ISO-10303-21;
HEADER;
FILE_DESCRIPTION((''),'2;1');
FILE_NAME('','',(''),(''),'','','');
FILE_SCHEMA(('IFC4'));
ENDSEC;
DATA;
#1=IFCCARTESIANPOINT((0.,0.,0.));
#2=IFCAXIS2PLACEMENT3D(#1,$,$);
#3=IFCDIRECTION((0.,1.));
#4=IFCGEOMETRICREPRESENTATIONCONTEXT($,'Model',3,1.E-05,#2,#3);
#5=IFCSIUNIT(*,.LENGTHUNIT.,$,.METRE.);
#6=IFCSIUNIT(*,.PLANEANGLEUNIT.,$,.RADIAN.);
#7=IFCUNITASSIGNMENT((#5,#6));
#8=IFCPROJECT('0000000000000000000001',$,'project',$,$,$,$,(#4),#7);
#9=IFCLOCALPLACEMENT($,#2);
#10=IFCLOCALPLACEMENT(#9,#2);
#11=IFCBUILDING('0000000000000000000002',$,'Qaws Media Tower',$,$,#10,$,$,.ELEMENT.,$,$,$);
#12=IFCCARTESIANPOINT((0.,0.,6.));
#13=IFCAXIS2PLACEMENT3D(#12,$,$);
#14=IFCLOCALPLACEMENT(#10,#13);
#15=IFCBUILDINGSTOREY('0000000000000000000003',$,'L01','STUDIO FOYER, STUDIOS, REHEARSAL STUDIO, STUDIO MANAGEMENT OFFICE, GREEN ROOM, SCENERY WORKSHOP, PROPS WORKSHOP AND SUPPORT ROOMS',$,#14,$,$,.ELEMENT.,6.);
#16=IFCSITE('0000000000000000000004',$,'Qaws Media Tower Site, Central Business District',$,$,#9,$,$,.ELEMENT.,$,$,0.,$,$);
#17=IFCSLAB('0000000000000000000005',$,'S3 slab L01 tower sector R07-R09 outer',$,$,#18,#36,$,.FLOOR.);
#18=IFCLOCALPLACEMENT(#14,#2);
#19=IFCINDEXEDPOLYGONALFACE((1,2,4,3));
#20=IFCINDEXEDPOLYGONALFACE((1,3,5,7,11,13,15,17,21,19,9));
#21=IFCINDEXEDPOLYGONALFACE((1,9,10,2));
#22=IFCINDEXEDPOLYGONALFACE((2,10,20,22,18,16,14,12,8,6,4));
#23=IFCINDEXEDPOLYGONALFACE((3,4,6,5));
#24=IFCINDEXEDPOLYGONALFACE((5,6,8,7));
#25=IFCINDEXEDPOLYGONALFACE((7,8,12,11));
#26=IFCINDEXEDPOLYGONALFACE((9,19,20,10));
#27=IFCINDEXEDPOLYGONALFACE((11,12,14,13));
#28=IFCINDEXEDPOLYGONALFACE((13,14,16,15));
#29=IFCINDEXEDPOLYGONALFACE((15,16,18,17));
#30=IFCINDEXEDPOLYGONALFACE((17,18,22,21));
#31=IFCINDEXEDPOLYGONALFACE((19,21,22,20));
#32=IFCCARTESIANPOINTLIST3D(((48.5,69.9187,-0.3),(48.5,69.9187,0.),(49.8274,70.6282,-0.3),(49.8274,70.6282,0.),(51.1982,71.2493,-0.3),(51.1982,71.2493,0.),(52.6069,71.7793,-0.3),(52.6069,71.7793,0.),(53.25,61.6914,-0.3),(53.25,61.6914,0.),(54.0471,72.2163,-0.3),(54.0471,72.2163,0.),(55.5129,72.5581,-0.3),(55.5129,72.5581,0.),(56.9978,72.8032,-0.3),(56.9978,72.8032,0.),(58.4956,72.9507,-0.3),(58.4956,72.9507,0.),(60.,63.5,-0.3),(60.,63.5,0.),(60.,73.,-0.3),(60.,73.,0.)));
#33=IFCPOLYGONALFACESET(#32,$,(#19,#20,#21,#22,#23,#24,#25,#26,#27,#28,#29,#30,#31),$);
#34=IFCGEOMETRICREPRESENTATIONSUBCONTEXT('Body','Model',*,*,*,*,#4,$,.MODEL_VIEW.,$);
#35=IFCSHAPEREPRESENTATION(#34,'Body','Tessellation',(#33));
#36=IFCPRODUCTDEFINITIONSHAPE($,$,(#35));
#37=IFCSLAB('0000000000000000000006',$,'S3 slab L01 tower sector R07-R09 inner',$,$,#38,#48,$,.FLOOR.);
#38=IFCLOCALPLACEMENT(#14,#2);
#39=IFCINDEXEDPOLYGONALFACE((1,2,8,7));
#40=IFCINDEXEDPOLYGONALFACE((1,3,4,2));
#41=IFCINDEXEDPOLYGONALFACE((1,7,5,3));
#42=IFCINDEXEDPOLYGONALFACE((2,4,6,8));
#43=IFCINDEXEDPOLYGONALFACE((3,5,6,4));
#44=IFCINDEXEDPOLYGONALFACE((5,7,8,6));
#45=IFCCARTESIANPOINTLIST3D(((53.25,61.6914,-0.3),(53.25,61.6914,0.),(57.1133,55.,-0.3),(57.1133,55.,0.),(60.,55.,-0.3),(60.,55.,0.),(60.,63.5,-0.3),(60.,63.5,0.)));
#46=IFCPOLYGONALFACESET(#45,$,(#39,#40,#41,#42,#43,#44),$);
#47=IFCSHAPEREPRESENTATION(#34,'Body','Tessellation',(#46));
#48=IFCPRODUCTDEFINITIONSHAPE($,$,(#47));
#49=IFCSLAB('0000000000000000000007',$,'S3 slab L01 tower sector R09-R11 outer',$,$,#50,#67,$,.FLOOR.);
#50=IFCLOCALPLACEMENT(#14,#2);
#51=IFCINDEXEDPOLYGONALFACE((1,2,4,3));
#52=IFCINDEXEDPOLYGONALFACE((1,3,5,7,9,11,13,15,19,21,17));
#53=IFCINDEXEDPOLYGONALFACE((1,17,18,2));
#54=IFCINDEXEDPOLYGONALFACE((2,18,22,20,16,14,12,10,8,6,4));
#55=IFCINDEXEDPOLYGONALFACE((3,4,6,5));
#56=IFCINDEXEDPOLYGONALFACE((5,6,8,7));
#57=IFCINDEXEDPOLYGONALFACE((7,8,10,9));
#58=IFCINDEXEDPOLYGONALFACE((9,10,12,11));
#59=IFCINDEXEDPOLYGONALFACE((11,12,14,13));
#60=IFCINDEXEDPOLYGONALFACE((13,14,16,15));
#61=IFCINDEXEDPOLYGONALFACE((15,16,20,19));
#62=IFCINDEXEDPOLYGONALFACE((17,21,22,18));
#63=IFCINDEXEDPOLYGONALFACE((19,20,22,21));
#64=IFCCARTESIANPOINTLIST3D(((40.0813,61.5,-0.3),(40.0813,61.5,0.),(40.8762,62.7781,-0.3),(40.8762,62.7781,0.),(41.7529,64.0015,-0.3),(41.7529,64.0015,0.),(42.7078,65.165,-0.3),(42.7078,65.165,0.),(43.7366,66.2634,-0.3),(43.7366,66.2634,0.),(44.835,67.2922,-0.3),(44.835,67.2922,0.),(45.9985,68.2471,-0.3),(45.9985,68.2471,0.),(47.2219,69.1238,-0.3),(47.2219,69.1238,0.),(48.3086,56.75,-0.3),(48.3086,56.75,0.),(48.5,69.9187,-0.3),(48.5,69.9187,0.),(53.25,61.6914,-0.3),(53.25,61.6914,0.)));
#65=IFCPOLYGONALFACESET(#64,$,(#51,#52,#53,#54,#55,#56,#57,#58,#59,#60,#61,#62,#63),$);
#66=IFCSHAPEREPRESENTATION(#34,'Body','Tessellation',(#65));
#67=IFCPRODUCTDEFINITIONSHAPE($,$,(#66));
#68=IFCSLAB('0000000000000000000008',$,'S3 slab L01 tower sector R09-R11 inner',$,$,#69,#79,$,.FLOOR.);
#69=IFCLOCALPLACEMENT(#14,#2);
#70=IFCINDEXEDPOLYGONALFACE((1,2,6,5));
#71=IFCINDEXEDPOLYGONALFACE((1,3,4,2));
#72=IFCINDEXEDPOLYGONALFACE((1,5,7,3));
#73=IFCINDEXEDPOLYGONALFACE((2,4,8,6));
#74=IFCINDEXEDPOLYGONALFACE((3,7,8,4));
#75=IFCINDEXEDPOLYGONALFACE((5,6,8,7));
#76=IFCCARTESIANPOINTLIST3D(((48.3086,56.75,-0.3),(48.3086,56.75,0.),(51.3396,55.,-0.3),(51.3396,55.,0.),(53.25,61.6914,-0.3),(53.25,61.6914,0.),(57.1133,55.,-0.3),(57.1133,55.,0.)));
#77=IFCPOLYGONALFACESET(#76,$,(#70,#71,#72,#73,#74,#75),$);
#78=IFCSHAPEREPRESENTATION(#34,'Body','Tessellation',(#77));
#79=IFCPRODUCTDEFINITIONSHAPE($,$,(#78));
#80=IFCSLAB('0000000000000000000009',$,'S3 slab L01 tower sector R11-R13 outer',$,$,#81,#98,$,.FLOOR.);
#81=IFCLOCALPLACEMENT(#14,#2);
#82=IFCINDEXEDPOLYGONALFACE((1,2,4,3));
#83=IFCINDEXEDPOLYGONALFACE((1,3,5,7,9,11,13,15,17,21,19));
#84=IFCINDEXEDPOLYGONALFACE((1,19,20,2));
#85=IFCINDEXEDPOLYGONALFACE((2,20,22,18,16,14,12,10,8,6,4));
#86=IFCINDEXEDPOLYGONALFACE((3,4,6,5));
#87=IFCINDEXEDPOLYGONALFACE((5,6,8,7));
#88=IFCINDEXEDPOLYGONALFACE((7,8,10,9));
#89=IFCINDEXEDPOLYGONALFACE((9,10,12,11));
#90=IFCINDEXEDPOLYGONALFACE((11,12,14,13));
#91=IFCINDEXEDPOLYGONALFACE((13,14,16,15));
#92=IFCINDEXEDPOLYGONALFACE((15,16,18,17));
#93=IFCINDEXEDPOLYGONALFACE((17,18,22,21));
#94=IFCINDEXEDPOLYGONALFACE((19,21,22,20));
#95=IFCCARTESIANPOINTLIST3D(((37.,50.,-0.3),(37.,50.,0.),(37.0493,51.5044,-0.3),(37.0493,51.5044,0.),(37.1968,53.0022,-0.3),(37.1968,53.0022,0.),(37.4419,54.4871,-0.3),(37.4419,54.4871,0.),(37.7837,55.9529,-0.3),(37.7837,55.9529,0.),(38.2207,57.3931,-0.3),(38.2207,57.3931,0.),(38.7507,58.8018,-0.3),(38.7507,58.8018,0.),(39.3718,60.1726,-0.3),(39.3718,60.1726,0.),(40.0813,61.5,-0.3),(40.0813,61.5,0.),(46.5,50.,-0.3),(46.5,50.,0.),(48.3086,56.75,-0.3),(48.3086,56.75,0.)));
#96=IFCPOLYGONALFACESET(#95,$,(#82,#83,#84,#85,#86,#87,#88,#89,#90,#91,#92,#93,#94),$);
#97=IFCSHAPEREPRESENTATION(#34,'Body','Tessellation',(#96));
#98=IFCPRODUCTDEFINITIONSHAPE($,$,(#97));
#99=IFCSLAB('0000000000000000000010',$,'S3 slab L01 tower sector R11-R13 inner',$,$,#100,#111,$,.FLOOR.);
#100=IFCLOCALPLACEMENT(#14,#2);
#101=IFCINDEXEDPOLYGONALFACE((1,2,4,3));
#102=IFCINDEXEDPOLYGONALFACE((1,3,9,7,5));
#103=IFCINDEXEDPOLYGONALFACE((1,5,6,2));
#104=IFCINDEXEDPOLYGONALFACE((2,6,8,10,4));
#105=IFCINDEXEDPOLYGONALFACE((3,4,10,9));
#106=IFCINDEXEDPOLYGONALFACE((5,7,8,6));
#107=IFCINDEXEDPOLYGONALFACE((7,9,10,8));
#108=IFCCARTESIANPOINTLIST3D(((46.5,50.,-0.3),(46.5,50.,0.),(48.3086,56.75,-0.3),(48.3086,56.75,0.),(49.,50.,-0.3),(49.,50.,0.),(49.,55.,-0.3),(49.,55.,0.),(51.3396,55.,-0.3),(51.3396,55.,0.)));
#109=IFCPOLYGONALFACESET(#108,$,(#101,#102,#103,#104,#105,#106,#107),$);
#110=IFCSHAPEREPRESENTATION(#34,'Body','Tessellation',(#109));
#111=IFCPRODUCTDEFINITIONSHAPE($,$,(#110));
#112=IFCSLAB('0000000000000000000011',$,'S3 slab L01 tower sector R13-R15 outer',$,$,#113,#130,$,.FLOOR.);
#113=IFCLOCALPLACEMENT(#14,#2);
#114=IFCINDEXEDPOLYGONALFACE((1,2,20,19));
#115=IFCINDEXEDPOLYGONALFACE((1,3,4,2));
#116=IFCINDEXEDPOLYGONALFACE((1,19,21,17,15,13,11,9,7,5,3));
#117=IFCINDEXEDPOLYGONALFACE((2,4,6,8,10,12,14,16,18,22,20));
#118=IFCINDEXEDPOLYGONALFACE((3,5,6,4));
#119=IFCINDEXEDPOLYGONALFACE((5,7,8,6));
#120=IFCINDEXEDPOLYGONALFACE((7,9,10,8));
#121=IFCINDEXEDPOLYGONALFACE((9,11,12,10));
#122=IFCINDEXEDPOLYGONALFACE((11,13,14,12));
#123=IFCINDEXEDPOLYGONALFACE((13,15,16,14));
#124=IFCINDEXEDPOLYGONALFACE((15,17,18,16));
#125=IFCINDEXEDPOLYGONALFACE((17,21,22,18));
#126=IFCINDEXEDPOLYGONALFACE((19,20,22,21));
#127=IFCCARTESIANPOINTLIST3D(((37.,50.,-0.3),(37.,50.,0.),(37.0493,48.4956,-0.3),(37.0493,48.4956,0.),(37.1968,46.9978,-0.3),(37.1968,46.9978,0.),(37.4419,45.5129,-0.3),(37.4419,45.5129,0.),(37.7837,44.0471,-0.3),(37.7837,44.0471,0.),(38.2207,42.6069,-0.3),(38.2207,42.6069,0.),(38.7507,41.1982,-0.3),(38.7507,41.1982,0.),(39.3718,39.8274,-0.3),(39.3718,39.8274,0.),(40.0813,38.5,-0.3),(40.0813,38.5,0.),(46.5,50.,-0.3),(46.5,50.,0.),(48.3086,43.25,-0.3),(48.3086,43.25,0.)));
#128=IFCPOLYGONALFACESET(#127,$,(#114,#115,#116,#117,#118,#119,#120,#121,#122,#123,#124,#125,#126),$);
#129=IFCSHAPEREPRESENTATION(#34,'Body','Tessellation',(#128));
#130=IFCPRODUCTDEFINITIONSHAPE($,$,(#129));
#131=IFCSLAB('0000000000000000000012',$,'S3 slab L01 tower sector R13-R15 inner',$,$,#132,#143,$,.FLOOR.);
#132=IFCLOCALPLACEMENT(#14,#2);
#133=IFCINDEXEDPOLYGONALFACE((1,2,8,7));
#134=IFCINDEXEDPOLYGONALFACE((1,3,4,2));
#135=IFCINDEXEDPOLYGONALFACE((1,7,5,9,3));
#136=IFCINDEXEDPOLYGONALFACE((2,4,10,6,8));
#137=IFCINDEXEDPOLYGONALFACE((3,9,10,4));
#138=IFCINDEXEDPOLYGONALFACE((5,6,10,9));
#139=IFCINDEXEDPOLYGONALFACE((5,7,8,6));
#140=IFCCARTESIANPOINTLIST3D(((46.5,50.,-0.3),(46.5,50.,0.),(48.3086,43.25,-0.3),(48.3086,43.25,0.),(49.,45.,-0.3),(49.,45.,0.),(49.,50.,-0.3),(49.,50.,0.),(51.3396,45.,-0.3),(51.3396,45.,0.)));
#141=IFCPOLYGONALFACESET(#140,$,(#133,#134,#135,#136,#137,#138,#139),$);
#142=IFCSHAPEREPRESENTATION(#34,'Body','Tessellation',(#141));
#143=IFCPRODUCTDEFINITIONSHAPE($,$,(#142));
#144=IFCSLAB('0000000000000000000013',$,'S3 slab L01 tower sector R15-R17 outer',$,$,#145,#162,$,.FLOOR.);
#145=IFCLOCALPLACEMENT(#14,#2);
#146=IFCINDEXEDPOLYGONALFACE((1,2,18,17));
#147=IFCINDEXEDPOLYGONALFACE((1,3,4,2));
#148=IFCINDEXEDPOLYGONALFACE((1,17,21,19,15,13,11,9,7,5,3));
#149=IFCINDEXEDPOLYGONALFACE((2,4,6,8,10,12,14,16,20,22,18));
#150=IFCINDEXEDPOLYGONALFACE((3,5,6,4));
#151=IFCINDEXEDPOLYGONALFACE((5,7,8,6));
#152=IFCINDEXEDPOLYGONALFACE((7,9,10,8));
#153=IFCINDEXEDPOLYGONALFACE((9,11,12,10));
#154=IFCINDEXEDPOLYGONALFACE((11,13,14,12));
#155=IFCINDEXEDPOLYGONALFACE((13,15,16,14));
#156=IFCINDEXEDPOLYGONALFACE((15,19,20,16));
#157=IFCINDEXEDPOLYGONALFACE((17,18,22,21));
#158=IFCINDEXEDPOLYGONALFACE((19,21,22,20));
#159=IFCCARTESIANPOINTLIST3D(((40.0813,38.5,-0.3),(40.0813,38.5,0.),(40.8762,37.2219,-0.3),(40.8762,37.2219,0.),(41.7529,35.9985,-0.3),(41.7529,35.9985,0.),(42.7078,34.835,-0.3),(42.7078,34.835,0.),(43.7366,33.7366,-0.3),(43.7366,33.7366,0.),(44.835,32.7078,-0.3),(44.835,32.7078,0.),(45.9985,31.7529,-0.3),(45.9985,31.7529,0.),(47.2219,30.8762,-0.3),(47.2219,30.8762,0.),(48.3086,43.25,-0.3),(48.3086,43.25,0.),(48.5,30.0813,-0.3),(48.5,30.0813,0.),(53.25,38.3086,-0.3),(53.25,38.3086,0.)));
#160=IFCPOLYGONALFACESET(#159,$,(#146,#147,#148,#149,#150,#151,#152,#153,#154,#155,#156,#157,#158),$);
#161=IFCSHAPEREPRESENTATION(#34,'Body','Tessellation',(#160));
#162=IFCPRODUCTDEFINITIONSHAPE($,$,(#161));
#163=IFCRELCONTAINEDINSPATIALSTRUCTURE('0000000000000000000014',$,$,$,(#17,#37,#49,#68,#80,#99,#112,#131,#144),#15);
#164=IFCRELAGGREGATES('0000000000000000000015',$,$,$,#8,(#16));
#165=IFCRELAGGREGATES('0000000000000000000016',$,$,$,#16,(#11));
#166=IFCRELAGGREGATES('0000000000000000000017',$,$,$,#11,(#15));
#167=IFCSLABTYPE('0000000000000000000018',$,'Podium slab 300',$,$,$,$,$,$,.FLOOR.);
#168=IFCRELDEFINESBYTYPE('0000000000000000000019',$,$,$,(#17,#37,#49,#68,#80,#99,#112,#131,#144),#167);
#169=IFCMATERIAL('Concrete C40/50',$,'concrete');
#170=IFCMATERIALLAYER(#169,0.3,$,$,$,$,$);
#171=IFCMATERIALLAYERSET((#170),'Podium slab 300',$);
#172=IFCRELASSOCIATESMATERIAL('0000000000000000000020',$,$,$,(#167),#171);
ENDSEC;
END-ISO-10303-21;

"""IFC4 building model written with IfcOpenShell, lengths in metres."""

from ifc_helpers import new_model, si_unit, direction, frame, origin, place, context, subcontext, project, spatial, polyline, outline, extrude, material, layer, layer_set, type_object, element, save


model = new_model("IFC4")

# Units and contexts
model_context = context("Model", 3, precision=1e-05, world=origin(), true_north=direction((0.0, 1.0)))
body_context = subcontext(model_context, "Body", "Model", "MODEL_VIEW")
ifc_project = project(units=[si_unit("LENGTHUNIT", "METRE"), si_unit("PLANEANGLEUNIT", "RADIAN")], contexts=[model_context])

# Site, building, storey
site_placement = place(None, origin())
site = spatial("IfcSite", under=ifc_project, at=site_placement, Name="Qaws Media Tower Site, Central Business District", CompositionType="ELEMENT", RefElevation=0.0)
building_placement = place(site_placement, origin())
building = spatial("IfcBuilding", under=site, at=building_placement, Name="Qaws Media Tower", CompositionType="ELEMENT")
storey_placement = place(building_placement, frame((0.0, 0.0, 6.0)))
storey = spatial("IfcBuildingStorey", under=building, at=storey_placement, Name="L01", Description="STUDIO FOYER, STUDIOS, REHEARSAL STUDIO, STUDIO MANAGEMENT OFFICE, GREEN ROOM, SCENERY WORKSHOP, PROPS WORKSHOP AND SUPPORT ROOMS", CompositionType="ELEMENT", Elevation=6.0)

# Slabs
ifc_material = material(Name="Concrete C40/50", Category="concrete")
ifc_layer = layer(ifc_material, 0.3)
ifc_layer_set = layer_set([ifc_layer], Name="Podium slab 300")
slab_type = type_object("IfcSlabType", Name="Podium slab 300", PredefinedType="FLOOR", material=ifc_layer_set)
slab_1_placement = place(storey_placement, frame((0.0, 0.0, -0.3)))
element("IfcSlab", 1, at=slab_1_placement, inside=storey, type_object=slab_type, Name="S3 slab L01 tower sector R07-R09 outer", PredefinedType="FLOOR", context=body_context, shape_type="SweptSolid", body=[
    extrude(outline(polyline([(56.9978, 72.8032), (58.4956, 72.9507), (60.0, 73.0), (60.0, 63.5), (53.25, 61.6914), (48.5, 69.9187), (49.8274, 70.6282), (51.1982, 71.2493), (52.6069, 71.7793), (54.0471, 72.2163), (55.5129, 72.5581), (56.9978, 72.8032)])), origin(), (0.0, 0.0, 1.0), 0.3),
])
slab_2_placement = place(storey_placement, frame((0.0, 0.0, -0.3)))
element("IfcSlab", 2, at=slab_2_placement, inside=storey, type_object=slab_type, Name="S3 slab L01 tower sector R07-R09 inner", PredefinedType="FLOOR", context=body_context, shape_type="SweptSolid", body=[
    extrude(outline(polyline([(60.0, 55.0), (57.1133, 55.0), (53.25, 61.6914), (60.0, 63.5), (60.0, 55.0)])), origin(), (0.0, 0.0, 1.0), 0.3),
])
slab_3_placement = place(storey_placement, frame((0.0, 0.0, -0.3)))
element("IfcSlab", 3, at=slab_3_placement, inside=storey, type_object=slab_type, Name="S3 slab L01 tower sector R09-R11 outer", PredefinedType="FLOOR", context=body_context, shape_type="SweptSolid", body=[
    extrude(outline(polyline([(45.9985, 68.2471), (47.2219, 69.1238), (48.5, 69.9187), (53.25, 61.6914), (48.3086, 56.75), (40.0813, 61.5), (40.8762, 62.7781), (41.7529, 64.0015), (42.7078, 65.165), (43.7366, 66.2634), (44.835, 67.2922), (45.9985, 68.2471)])), origin(), (0.0, 0.0, 1.0), 0.3),
])
slab_4_placement = place(storey_placement, frame((0.0, 0.0, -0.3)))
element("IfcSlab", 4, at=slab_4_placement, inside=storey, type_object=slab_type, Name="S3 slab L01 tower sector R09-R11 inner", PredefinedType="FLOOR", context=body_context, shape_type="SweptSolid", body=[
    extrude(outline(polyline([(57.1133, 55.0), (51.3396, 55.0), (48.3086, 56.75), (53.25, 61.6914), (57.1133, 55.0)])), origin(), (0.0, 0.0, 1.0), 0.3),
])
slab_5_placement = place(storey_placement, frame((0.0, 0.0, -0.3)))
element("IfcSlab", 5, at=slab_5_placement, inside=storey, type_object=slab_type, Name="S3 slab L01 tower sector R11-R13 outer", PredefinedType="FLOOR", context=body_context, shape_type="SweptSolid", body=[
    extrude(outline(polyline([(38.7507, 58.8018), (39.3718, 60.1726), (40.0813, 61.5), (48.3086, 56.75), (46.5, 50.0), (37.0, 50.0), (37.0493, 51.5044), (37.1968, 53.0022), (37.4419, 54.4871), (37.7837, 55.9529), (38.2207, 57.3931), (38.7507, 58.8018)])), origin(), (0.0, 0.0, 1.0), 0.3),
])
slab_6_placement = place(storey_placement, frame((0.0, 0.0, -0.3)))
element("IfcSlab", 6, at=slab_6_placement, inside=storey, type_object=slab_type, Name="S3 slab L01 tower sector R11-R13 inner", PredefinedType="FLOOR", context=body_context, shape_type="SweptSolid", body=[
    extrude(outline(polyline([(51.3396, 55.0), (49.0, 55.0), (49.0, 50.0), (46.5, 50.0), (48.3086, 56.75), (51.3396, 55.0)])), origin(), (0.0, 0.0, 1.0), 0.3),
])
slab_7_placement = place(storey_placement, frame((0.0, 0.0, -0.3)))
element("IfcSlab", 7, at=slab_7_placement, inside=storey, type_object=slab_type, Name="S3 slab L01 tower sector R13-R15 outer", PredefinedType="FLOOR", context=body_context, shape_type="SweptSolid", body=[
    extrude(outline(polyline([(37.1968, 46.9978), (37.0493, 48.4956), (37.0, 50.0), (46.5, 50.0), (48.3086, 43.25), (40.0813, 38.5), (39.3718, 39.8274), (38.7507, 41.1982), (38.2207, 42.6069), (37.7837, 44.0471), (37.4419, 45.5129), (37.1968, 46.9978)])), origin(), (0.0, 0.0, 1.0), 0.3),
])
slab_8_placement = place(storey_placement, frame((0.0, 0.0, -0.3)))
element("IfcSlab", 8, at=slab_8_placement, inside=storey, type_object=slab_type, Name="S3 slab L01 tower sector R13-R15 inner", PredefinedType="FLOOR", context=body_context, shape_type="SweptSolid", body=[
    extrude(outline(polyline([(49.0, 50.0), (49.0, 45.0), (51.3396, 45.0), (48.3086, 43.25), (46.5, 50.0), (49.0, 50.0)])), origin(), (0.0, 0.0, 1.0), 0.3),
])
slab_9_placement = place(storey_placement, frame((0.0, 0.0, -0.3)))
element("IfcSlab", 9, at=slab_9_placement, inside=storey, type_object=slab_type, Name="S3 slab L01 tower sector R15-R17 outer", PredefinedType="FLOOR", context=body_context, shape_type="SweptSolid", body=[
    extrude(outline(polyline([(41.7529, 35.9985), (40.8762, 37.2219), (40.0813, 38.5), (48.3086, 43.25), (53.25, 38.3086), (48.5, 30.0813), (47.2219, 30.8762), (45.9985, 31.7529), (44.835, 32.7078), (43.7366, 33.7366), (42.7078, 34.835), (41.7529, 35.9985)])), origin(), (0.0, 0.0, 1.0), 0.3),
])

save(model, "model.ifc")
